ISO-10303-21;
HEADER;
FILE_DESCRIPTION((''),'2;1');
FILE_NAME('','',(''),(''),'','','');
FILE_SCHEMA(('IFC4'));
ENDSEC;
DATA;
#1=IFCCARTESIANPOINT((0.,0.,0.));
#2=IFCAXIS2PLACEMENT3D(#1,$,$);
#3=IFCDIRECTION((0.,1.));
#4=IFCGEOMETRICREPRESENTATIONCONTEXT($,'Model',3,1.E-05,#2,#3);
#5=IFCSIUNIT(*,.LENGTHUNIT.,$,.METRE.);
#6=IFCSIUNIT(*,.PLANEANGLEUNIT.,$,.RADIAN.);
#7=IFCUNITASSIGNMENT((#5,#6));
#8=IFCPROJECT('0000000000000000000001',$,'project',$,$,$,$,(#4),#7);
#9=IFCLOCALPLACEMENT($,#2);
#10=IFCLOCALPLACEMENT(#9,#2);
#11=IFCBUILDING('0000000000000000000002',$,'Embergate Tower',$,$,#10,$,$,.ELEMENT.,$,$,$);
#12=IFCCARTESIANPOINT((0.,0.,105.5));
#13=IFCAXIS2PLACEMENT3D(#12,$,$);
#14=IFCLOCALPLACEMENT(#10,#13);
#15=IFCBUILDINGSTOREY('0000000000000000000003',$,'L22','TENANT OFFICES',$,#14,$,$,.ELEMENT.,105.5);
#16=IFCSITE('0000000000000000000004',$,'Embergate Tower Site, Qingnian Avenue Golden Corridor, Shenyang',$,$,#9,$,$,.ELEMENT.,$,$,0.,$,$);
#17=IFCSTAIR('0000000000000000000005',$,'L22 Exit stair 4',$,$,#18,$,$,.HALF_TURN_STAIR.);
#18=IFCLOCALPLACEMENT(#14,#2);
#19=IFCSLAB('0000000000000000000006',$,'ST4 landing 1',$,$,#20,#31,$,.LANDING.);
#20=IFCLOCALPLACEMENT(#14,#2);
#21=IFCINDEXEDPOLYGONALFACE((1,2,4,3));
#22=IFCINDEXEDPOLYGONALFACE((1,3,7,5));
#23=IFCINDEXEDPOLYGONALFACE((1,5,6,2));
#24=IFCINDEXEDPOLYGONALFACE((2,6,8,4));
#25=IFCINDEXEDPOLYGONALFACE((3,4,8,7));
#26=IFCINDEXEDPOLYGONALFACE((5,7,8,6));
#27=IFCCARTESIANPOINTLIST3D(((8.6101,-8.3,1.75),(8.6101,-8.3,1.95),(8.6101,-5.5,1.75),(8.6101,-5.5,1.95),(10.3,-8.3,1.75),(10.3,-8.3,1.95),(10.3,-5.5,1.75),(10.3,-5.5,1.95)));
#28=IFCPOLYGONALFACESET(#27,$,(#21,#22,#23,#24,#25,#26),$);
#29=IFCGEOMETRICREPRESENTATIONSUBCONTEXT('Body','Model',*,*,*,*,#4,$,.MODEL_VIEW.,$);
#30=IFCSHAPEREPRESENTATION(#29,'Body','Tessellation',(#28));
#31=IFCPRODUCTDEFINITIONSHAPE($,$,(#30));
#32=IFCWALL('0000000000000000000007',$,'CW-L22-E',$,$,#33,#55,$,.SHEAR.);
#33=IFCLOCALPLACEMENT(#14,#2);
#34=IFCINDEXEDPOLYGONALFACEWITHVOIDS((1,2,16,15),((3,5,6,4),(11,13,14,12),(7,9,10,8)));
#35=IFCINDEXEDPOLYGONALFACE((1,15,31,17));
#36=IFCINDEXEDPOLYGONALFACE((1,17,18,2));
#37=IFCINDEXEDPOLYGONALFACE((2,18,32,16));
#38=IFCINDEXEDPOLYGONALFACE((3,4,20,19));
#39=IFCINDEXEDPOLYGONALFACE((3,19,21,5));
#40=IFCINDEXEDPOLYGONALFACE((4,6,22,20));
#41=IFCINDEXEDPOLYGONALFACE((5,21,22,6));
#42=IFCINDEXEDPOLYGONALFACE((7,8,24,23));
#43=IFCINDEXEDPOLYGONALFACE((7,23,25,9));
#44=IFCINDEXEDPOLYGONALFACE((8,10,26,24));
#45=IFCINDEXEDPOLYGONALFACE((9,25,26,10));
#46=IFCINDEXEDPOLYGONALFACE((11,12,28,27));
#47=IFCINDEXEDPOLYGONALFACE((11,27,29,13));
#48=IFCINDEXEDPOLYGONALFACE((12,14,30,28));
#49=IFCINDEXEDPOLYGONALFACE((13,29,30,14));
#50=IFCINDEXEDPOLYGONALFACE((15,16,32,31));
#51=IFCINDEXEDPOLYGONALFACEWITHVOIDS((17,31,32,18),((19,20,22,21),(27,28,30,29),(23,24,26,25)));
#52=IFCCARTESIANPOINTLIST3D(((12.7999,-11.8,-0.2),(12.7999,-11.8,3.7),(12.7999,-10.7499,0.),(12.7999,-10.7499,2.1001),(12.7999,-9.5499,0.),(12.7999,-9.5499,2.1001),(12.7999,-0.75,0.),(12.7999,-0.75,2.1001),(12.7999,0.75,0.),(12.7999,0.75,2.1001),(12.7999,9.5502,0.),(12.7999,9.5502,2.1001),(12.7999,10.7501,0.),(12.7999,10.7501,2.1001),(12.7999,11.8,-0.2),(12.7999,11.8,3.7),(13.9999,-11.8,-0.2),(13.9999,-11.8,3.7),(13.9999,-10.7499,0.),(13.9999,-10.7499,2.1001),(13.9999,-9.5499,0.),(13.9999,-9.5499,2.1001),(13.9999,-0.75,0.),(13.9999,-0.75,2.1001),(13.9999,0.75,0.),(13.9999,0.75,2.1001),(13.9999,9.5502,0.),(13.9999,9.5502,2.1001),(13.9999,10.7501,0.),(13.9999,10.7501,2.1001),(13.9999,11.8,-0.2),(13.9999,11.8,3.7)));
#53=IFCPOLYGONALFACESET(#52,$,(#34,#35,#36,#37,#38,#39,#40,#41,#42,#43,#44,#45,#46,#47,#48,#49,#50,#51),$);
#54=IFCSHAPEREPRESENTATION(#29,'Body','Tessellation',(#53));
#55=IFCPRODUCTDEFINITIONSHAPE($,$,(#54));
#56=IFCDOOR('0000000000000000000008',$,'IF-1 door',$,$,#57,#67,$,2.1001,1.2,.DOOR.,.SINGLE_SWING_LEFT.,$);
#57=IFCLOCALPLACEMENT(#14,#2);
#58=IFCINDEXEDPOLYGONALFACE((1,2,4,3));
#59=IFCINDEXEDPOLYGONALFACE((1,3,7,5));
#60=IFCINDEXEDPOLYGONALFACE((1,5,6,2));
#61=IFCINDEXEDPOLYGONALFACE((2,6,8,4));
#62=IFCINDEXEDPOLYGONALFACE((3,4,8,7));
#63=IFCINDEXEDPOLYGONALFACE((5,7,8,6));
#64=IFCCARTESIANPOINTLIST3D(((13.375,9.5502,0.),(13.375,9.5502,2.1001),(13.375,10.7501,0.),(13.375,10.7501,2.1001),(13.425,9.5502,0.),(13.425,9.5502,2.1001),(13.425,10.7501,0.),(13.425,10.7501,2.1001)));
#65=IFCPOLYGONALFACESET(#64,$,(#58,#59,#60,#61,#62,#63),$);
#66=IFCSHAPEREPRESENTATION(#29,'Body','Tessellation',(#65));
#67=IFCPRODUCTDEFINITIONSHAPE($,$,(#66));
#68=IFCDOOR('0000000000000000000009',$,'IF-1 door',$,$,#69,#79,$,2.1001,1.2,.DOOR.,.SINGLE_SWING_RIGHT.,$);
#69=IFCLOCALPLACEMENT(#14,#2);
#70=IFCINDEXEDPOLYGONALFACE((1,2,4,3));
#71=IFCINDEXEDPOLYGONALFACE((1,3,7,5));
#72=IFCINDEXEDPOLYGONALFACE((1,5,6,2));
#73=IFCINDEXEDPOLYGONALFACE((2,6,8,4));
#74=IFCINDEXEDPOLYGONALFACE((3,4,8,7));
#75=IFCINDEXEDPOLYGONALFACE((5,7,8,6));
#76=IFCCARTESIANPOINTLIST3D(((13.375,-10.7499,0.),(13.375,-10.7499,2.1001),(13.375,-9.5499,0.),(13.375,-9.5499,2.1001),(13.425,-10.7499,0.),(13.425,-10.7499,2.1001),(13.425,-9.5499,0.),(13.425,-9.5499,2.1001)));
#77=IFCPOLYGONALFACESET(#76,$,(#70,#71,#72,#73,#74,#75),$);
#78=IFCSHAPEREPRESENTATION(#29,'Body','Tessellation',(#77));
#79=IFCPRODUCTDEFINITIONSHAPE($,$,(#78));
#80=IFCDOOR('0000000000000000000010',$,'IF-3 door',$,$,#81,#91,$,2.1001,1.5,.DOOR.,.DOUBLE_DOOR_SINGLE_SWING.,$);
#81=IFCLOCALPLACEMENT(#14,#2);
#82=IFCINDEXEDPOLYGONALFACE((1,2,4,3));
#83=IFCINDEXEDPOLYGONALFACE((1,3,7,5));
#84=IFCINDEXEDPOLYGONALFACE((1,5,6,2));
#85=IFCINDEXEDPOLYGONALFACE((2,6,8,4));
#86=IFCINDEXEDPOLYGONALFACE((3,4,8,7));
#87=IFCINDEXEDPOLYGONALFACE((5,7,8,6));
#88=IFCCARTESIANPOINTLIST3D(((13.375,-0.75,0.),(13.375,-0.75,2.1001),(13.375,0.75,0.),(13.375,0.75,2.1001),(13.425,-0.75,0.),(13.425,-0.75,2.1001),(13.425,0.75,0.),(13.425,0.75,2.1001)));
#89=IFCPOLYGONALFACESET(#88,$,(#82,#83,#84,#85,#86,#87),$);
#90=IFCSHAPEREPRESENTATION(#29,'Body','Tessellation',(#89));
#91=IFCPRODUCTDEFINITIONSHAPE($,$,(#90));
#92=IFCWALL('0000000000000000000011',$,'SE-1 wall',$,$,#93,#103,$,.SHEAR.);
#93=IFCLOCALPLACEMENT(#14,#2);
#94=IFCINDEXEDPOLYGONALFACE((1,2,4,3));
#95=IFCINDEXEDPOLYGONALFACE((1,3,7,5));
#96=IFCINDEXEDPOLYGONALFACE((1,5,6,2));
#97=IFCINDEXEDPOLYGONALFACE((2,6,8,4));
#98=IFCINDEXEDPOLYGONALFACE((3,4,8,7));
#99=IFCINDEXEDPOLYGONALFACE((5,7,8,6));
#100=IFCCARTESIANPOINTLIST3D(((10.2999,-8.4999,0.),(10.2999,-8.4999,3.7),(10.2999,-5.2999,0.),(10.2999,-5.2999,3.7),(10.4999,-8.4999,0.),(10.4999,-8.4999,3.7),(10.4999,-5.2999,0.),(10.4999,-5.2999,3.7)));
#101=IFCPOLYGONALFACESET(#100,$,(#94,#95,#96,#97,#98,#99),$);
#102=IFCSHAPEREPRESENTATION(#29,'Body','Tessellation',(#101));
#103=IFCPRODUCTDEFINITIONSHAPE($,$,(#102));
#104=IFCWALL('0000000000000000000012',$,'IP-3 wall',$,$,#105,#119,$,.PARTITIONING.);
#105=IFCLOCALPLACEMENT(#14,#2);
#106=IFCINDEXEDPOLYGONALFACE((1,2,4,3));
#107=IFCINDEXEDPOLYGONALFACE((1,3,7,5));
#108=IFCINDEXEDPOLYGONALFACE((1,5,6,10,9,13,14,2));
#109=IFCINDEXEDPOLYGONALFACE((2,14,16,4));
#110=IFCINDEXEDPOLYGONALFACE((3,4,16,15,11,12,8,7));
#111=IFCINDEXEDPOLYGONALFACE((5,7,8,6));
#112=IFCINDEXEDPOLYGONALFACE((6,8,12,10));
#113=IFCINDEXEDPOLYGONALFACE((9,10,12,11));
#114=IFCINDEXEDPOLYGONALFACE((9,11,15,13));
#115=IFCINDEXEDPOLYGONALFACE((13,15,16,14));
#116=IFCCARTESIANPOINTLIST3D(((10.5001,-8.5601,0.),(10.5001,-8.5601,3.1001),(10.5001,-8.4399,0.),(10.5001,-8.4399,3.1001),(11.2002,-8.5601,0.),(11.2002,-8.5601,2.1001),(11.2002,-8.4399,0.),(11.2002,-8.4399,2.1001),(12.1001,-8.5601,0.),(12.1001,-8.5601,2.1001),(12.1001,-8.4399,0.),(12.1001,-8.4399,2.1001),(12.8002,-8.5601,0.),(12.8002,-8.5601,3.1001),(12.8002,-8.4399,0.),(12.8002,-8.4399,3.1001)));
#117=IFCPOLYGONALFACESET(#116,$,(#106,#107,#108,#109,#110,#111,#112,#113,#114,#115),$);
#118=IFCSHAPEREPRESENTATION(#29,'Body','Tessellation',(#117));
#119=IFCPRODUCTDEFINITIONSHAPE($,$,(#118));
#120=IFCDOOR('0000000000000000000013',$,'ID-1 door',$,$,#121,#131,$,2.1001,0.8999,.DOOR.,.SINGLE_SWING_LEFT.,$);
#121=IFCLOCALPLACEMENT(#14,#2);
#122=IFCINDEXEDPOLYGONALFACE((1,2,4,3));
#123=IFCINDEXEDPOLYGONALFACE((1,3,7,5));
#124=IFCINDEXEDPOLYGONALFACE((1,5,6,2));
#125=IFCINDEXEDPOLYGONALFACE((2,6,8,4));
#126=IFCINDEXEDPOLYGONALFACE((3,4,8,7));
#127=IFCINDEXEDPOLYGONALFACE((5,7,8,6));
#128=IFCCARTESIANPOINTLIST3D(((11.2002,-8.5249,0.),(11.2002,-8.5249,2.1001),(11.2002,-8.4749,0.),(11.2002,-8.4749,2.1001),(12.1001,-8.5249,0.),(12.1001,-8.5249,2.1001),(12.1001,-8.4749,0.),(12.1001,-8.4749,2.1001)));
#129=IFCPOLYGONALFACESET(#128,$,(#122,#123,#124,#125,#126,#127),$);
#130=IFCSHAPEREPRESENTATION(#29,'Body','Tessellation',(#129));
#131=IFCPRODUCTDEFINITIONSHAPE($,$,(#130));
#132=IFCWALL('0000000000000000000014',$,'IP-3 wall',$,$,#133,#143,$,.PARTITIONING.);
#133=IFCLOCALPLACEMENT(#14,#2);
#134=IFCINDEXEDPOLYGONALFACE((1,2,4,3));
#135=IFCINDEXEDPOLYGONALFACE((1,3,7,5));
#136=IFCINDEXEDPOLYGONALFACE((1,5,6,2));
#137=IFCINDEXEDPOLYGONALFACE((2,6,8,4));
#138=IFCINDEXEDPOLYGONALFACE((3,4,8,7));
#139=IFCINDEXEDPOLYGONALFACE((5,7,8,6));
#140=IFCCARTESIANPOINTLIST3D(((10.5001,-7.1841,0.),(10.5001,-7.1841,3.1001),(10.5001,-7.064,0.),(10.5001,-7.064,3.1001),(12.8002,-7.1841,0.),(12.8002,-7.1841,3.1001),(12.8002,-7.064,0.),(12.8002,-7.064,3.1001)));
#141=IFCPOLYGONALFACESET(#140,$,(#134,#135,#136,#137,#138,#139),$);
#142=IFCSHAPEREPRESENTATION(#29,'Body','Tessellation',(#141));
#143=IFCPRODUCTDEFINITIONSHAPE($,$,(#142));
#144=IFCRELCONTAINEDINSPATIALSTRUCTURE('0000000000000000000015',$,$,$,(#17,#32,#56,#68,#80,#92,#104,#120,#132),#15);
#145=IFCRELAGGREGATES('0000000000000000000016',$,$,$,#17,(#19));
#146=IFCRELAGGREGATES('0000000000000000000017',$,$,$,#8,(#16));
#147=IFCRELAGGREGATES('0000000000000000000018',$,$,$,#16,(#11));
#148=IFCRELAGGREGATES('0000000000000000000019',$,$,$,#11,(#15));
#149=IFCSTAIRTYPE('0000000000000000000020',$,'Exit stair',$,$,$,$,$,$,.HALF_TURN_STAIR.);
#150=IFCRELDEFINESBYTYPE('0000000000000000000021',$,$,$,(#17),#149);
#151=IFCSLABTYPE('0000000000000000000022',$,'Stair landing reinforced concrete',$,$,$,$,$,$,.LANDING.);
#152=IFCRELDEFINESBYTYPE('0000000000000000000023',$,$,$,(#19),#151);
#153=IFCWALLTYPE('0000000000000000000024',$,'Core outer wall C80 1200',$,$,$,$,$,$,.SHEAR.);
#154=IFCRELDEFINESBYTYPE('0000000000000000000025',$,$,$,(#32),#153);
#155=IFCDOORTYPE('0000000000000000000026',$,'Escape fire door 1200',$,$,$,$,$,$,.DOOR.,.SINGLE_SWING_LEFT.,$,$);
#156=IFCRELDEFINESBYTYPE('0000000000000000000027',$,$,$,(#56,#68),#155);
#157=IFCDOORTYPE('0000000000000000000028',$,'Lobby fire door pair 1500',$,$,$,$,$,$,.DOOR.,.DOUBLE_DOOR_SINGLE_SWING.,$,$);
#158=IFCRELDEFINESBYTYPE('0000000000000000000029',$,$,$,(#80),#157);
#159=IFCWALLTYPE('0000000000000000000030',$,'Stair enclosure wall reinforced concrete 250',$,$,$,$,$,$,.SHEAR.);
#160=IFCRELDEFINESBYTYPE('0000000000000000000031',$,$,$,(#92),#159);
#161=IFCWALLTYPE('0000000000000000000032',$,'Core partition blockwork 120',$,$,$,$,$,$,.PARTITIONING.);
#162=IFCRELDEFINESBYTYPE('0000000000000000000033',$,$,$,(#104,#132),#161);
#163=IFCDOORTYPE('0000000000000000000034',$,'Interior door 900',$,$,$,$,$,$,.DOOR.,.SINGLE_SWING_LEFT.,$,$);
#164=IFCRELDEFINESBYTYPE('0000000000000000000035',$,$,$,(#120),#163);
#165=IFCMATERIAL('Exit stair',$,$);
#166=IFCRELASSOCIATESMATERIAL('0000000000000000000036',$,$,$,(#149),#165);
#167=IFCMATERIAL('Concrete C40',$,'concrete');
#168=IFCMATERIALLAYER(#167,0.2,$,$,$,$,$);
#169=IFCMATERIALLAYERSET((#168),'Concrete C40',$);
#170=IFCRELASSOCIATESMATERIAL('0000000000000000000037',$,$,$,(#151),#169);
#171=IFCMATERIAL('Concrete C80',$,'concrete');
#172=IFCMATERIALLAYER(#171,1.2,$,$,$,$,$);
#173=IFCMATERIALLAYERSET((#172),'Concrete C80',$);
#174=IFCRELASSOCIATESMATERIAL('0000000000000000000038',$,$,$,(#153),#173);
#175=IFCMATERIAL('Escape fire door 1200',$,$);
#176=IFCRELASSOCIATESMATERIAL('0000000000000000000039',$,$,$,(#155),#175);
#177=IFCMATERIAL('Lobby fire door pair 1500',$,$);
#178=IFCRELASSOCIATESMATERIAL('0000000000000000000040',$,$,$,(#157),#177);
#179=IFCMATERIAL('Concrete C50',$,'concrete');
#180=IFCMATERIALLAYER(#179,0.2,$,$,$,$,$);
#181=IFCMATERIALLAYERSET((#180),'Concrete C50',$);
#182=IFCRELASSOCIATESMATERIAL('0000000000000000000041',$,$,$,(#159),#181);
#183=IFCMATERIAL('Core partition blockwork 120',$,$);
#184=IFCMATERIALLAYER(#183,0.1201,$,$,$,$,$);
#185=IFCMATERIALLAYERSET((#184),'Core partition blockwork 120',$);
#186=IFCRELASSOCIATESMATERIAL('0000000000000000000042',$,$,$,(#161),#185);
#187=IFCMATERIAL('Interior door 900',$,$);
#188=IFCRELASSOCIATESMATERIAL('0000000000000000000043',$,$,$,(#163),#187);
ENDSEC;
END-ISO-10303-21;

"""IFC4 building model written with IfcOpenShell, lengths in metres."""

from ifc_helpers import new_model, si_unit, direction, frame, frame_2d, origin, place, context, subcontext, project, spatial, polyline, rectangle, outline, extrude, source, transform, mapped, material, layer, layer_set, type_object, element, fill, aggregate, save


model = new_model("IFC4")

# Units and contexts
model_context = context("Model", 3, precision=1e-05, world=origin(), true_north=direction((0.0, 1.0)))
body_context = subcontext(model_context, "Body", "Model", "MODEL_VIEW")
ifc_project = project(units=[si_unit("LENGTHUNIT", "METRE"), si_unit("PLANEANGLEUNIT", "RADIAN")], contexts=[model_context])

# Site, building, storey
site_placement = place(None, origin())
site = spatial("IfcSite", under=ifc_project, at=site_placement, Name="Embergate Tower Site, Qingnian Avenue Golden Corridor, Shenyang", CompositionType="ELEMENT", RefElevation=0.0)
building_placement = place(site_placement, origin())
building = spatial("IfcBuilding", under=site, at=building_placement, Name="Embergate Tower", CompositionType="ELEMENT")
storey_placement = place(building_placement, frame((0.0, 0.0, 105.5)))
storey = spatial("IfcBuildingStorey", under=building, at=storey_placement, Name="L22", Description="TENANT OFFICES", CompositionType="ELEMENT", Elevation=105.5)

# Stair, slab
ifc_material_1 = material(Name="Exit stair")
stair_type = type_object("IfcStairType", Name="Exit stair", PredefinedType="HALF_TURN_STAIR", material=ifc_material_1)
stair_placement = place(storey_placement, origin())
stair = element("IfcStair", 1, at=stair_placement, inside=storey, type_object=stair_type, Name="L22 Exit stair 4", PredefinedType="HALF_TURN_STAIR")
ifc_material_2 = material(Name="Concrete C40", Category="concrete")
ifc_layer_1 = layer(ifc_material_2, 0.2)
ifc_layer_set_1 = layer_set([ifc_layer_1], Name="Concrete C40")
slab_type = type_object("IfcSlabType", Name="Stair landing reinforced concrete", PredefinedType="LANDING", material=ifc_layer_set_1)
shared_shape_1 = source(origin(), body_context, "Body", "SweptSolid", [
    extrude(outline(polyline([(0.0, 0.0), (1.6899, 0.0), (1.6899, 2.8), (0.0, 2.8), (0.0, 0.0)])), origin(), (0.0, 0.0, 1.0), 0.2),
])
slab_placement = place(storey_placement, frame((8.6101, -8.3, 1.75)))
slab = element("IfcSlab", 2, at=slab_placement, type_object=slab_type, Name="ST4 landing 1", PredefinedType="LANDING", context=body_context, shape_type="MappedRepresentation", body=[
    mapped(shared_shape_1, transform((0.0, 0.0, 0.0))),
])
aggregate(stair, [slab])

# Wall, openings, doors
ifc_material_3 = material(Name="Concrete C80", Category="concrete")
ifc_layer_2 = layer(ifc_material_3, 1.2)
ifc_layer_set_2 = layer_set([ifc_layer_2], Name="Concrete C80")
wall_type_1 = type_object("IfcWallType", Name="Core outer wall C80 1200", PredefinedType="SHEAR", material=ifc_layer_set_2)
shared_shape_2 = source(origin(), body_context, "Body", "SweptSolid", [
    extrude(rectangle(XDim=23.6001, YDim=1.2, at=frame_2d((11.8, 0.0))), origin(), (0.0, 0.0, 1.0), 3.8999),
])
wall_1_placement = place(storey_placement, frame((13.3999, -11.8, -0.2), z_axis=(0.0, 0.0, 1.0), x_axis=(0.0, 1.0, 0.0)))
wall_1 = element("IfcWall", 3, at=wall_1_placement, inside=storey, type_object=wall_type_1, Name="CW-L22-E", PredefinedType="SHEAR", context=body_context, shape_type="MappedRepresentation", body=[
    mapped(shared_shape_2, transform((0.0, 0.0, 0.0))),
])
shared_shape_3 = source(origin(), body_context, "Body", "SweptSolid", [
    extrude(rectangle(XDim=1.2, YDim=2.1001, at=frame_2d((0.6001, 1.05))), frame((0.0, 0.6099, 0.0), z_axis=(0.0, -1.0, 0.0), x_axis=(1.0, 0.0, 0.0)), (0.0, 0.0, 1.0), 1.22),
])
opening_1_placement = place(wall_1_placement, frame((21.3501, 0.0, 0.2)))
opening_1 = element("IfcOpeningElement", 4, at=opening_1_placement, cuts=wall_1, PredefinedType="OPENING", context=body_context, shape_type="MappedRepresentation", body=[
    mapped(shared_shape_3, transform((0.0, 0.0, 0.0))),
])
opening_2_placement = place(wall_1_placement, frame((1.05, 0.0, 0.2)))
opening_2 = element("IfcOpeningElement", 5, at=opening_2_placement, cuts=wall_1, PredefinedType="OPENING", context=body_context, shape_type="MappedRepresentation", body=[
    mapped(shared_shape_3, transform((0.0, 0.0, 0.0))),
])
shared_shape_4 = source(origin(), body_context, "Body", "SweptSolid", [
    extrude(rectangle(XDim=1.5, YDim=2.1001, at=frame_2d((0.75, 1.05))), frame((0.0, 0.6099, 0.0), z_axis=(0.0, -1.0, 0.0), x_axis=(1.0, 0.0, 0.0)), (0.0, 0.0, 1.0), 1.22),
])
opening_3_placement = place(wall_1_placement, frame((11.05, 0.0, 0.2)))
opening_3 = element("IfcOpeningElement", 6, at=opening_3_placement, cuts=wall_1, PredefinedType="OPENING", context=body_context, shape_type="MappedRepresentation", body=[
    mapped(shared_shape_4, transform((0.0, 0.0, 0.0))),
])
ifc_material_4 = material(Name="Escape fire door 1200")
door_type_1 = type_object("IfcDoorType", Name="Escape fire door 1200", OperationType="SINGLE_SWING_LEFT", PredefinedType="DOOR", material=ifc_material_4)
shared_shape_5 = source(origin(), body_context, "Body", "SweptSolid", [
    extrude(rectangle(XDim=1.2, YDim=2.1001, at=frame_2d((0.6001, 1.05))), frame((0.0, 0.0249, 0.0), z_axis=(0.0, -1.0, 0.0), x_axis=(1.0, 0.0, 0.0)), (0.0, 0.0, 1.0), 0.05),
])
door_1_placement = place(opening_1_placement, origin())
door_1 = element("IfcDoor", 7, at=door_1_placement, inside=storey, type_object=door_type_1, Name="IF-1 door", OperationType="SINGLE_SWING_LEFT", OverallHeight=2.1001, OverallWidth=1.2, PredefinedType="DOOR", context=body_context, shape_type="MappedRepresentation", body=[
    mapped(shared_shape_5, transform((0.0, 0.0, 0.0))),
])
fill(opening_1, door_1)
door_2_placement = place(opening_2_placement, origin())
door_2 = element("IfcDoor", 8, at=door_2_placement, inside=storey, type_object=door_type_1, Name="IF-1 door", OperationType="SINGLE_SWING_RIGHT", OverallHeight=2.1001, OverallWidth=1.2, PredefinedType="DOOR", context=body_context, shape_type="MappedRepresentation", body=[
    mapped(shared_shape_5, transform((0.0, 0.0, 0.0))),
])
fill(opening_2, door_2)
ifc_material_5 = material(Name="Lobby fire door pair 1500")
door_type_2 = type_object("IfcDoorType", Name="Lobby fire door pair 1500", OperationType="DOUBLE_DOOR_SINGLE_SWING", PredefinedType="DOOR", material=ifc_material_5)
shared_shape_6 = source(origin(), body_context, "Body", "SweptSolid", [
    extrude(rectangle(XDim=1.5, YDim=2.1001, at=frame_2d((0.75, 1.05))), frame((0.0, 0.0249, 0.0), z_axis=(0.0, -1.0, 0.0), x_axis=(1.0, 0.0, 0.0)), (0.0, 0.0, 1.0), 0.05),
])
door_3_placement = place(opening_3_placement, origin())
door_3 = element("IfcDoor", 9, at=door_3_placement, inside=storey, type_object=door_type_2, Name="IF-3 door", OperationType="DOUBLE_DOOR_SINGLE_SWING", OverallHeight=2.1001, OverallWidth=1.5, PredefinedType="DOOR", context=body_context, shape_type="MappedRepresentation", body=[
    mapped(shared_shape_6, transform((0.0, 0.0, 0.0))),
])
fill(opening_3, door_3)

# Wall
ifc_material_6 = material(Name="Concrete C50", Category="concrete")
ifc_layer_3 = layer(ifc_material_6, 0.2)
ifc_layer_set_3 = layer_set([ifc_layer_3], Name="Concrete C50")
wall_type_2 = type_object("IfcWallType", Name="Stair enclosure wall reinforced concrete 250", PredefinedType="SHEAR", material=ifc_layer_set_3)
shared_shape_7 = source(origin(), body_context, "Body", "SweptSolid", [
    extrude(rectangle(XDim=3.2, YDim=0.2, at=frame_2d((1.6001, 0.0))), origin(), (0.0, 0.0, 1.0), 3.7),
])
wall_2_placement = place(storey_placement, frame((10.3999, -8.5, 0.0), z_axis=(0.0, 0.0, 1.0), x_axis=(0.0, 1.0, 0.0)))
element("IfcWall", 10, at=wall_2_placement, inside=storey, type_object=wall_type_2, Name="SE-1 wall", PredefinedType="SHEAR", context=body_context, shape_type="MappedRepresentation", body=[
    mapped(shared_shape_7, transform((0.0, 0.0, 0.0))),
])

# Wall, opening, door
ifc_material_7 = material(Name="Core partition blockwork 120")
ifc_layer_4 = layer(ifc_material_7, 0.1201)
ifc_layer_set_4 = layer_set([ifc_layer_4], Name="Core partition blockwork 120")
wall_type_3 = type_object("IfcWallType", Name="Core partition blockwork 120", PredefinedType="PARTITIONING", material=ifc_layer_set_4)
shared_shape_8 = source(origin(), body_context, "Body", "SweptSolid", [
    extrude(rectangle(XDim=2.3, YDim=0.1201, at=frame_2d((1.1499, 0.0))), origin(), (0.0, 0.0, 1.0), 3.1001),
])
wall_3_placement = place(storey_placement, frame((12.8, -8.5, 0.0), z_axis=(0.0, 0.0, 1.0), x_axis=(-1.0, 0.0, 0.0)))
wall_3 = element("IfcWall", 11, at=wall_3_placement, inside=storey, type_object=wall_type_3, Name="IP-3 wall", PredefinedType="PARTITIONING", context=body_context, shape_type="MappedRepresentation", body=[
    mapped(shared_shape_8, transform((0.0, 0.0, 0.0))),
])
shared_shape_9 = source(origin(), body_context, "Body", "SweptSolid", [
    extrude(rectangle(XDim=0.8999, YDim=2.1001, at=frame_2d((0.45, 1.05))), frame((0.0, 0.0701, 0.0), z_axis=(0.0, -1.0, 0.0), x_axis=(1.0, 0.0, 0.0)), (0.0, 0.0, 1.0), 0.1401),
])
opening_4_placement = place(wall_3_placement, frame((0.7, 0.0, 0.0)))
opening_4 = element("IfcOpeningElement", 12, at=opening_4_placement, cuts=wall_3, PredefinedType="OPENING", context=body_context, shape_type="MappedRepresentation", body=[
    mapped(shared_shape_9, transform((0.0, 0.0, 0.0))),
])
ifc_material_8 = material(Name="Interior door 900")
door_type_3 = type_object("IfcDoorType", Name="Interior door 900", OperationType="SINGLE_SWING_LEFT", PredefinedType="DOOR", material=ifc_material_8)
shared_shape_10 = source(origin(), body_context, "Body", "SweptSolid", [
    extrude(rectangle(XDim=0.8999, YDim=2.1001, at=frame_2d((0.45, 1.05))), frame((0.0, 0.0249, 0.0), z_axis=(0.0, -1.0, 0.0), x_axis=(1.0, 0.0, 0.0)), (0.0, 0.0, 1.0), 0.05),
])
door_4_placement = place(opening_4_placement, origin())
door_4 = element("IfcDoor", 13, at=door_4_placement, inside=storey, type_object=door_type_3, Name="ID-1 door", OperationType="SINGLE_SWING_LEFT", OverallHeight=2.1001, OverallWidth=0.8999, PredefinedType="DOOR", context=body_context, shape_type="MappedRepresentation", body=[
    mapped(shared_shape_10, transform((0.0, 0.0, 0.0))),
])
fill(opening_4, door_4)

# Wall
wall_4_placement = place(storey_placement, frame((12.8, -7.124, 0.0), z_axis=(0.0, 0.0, 1.0), x_axis=(-1.0, 0.0, 0.0)))
element("IfcWall", 14, at=wall_4_placement, inside=storey, type_object=wall_type_3, Name="IP-3 wall", PredefinedType="PARTITIONING", context=body_context, shape_type="MappedRepresentation", body=[
    mapped(shared_shape_8, transform((0.0, 0.0, 0.0))),
])

save(model, "model.ifc")
